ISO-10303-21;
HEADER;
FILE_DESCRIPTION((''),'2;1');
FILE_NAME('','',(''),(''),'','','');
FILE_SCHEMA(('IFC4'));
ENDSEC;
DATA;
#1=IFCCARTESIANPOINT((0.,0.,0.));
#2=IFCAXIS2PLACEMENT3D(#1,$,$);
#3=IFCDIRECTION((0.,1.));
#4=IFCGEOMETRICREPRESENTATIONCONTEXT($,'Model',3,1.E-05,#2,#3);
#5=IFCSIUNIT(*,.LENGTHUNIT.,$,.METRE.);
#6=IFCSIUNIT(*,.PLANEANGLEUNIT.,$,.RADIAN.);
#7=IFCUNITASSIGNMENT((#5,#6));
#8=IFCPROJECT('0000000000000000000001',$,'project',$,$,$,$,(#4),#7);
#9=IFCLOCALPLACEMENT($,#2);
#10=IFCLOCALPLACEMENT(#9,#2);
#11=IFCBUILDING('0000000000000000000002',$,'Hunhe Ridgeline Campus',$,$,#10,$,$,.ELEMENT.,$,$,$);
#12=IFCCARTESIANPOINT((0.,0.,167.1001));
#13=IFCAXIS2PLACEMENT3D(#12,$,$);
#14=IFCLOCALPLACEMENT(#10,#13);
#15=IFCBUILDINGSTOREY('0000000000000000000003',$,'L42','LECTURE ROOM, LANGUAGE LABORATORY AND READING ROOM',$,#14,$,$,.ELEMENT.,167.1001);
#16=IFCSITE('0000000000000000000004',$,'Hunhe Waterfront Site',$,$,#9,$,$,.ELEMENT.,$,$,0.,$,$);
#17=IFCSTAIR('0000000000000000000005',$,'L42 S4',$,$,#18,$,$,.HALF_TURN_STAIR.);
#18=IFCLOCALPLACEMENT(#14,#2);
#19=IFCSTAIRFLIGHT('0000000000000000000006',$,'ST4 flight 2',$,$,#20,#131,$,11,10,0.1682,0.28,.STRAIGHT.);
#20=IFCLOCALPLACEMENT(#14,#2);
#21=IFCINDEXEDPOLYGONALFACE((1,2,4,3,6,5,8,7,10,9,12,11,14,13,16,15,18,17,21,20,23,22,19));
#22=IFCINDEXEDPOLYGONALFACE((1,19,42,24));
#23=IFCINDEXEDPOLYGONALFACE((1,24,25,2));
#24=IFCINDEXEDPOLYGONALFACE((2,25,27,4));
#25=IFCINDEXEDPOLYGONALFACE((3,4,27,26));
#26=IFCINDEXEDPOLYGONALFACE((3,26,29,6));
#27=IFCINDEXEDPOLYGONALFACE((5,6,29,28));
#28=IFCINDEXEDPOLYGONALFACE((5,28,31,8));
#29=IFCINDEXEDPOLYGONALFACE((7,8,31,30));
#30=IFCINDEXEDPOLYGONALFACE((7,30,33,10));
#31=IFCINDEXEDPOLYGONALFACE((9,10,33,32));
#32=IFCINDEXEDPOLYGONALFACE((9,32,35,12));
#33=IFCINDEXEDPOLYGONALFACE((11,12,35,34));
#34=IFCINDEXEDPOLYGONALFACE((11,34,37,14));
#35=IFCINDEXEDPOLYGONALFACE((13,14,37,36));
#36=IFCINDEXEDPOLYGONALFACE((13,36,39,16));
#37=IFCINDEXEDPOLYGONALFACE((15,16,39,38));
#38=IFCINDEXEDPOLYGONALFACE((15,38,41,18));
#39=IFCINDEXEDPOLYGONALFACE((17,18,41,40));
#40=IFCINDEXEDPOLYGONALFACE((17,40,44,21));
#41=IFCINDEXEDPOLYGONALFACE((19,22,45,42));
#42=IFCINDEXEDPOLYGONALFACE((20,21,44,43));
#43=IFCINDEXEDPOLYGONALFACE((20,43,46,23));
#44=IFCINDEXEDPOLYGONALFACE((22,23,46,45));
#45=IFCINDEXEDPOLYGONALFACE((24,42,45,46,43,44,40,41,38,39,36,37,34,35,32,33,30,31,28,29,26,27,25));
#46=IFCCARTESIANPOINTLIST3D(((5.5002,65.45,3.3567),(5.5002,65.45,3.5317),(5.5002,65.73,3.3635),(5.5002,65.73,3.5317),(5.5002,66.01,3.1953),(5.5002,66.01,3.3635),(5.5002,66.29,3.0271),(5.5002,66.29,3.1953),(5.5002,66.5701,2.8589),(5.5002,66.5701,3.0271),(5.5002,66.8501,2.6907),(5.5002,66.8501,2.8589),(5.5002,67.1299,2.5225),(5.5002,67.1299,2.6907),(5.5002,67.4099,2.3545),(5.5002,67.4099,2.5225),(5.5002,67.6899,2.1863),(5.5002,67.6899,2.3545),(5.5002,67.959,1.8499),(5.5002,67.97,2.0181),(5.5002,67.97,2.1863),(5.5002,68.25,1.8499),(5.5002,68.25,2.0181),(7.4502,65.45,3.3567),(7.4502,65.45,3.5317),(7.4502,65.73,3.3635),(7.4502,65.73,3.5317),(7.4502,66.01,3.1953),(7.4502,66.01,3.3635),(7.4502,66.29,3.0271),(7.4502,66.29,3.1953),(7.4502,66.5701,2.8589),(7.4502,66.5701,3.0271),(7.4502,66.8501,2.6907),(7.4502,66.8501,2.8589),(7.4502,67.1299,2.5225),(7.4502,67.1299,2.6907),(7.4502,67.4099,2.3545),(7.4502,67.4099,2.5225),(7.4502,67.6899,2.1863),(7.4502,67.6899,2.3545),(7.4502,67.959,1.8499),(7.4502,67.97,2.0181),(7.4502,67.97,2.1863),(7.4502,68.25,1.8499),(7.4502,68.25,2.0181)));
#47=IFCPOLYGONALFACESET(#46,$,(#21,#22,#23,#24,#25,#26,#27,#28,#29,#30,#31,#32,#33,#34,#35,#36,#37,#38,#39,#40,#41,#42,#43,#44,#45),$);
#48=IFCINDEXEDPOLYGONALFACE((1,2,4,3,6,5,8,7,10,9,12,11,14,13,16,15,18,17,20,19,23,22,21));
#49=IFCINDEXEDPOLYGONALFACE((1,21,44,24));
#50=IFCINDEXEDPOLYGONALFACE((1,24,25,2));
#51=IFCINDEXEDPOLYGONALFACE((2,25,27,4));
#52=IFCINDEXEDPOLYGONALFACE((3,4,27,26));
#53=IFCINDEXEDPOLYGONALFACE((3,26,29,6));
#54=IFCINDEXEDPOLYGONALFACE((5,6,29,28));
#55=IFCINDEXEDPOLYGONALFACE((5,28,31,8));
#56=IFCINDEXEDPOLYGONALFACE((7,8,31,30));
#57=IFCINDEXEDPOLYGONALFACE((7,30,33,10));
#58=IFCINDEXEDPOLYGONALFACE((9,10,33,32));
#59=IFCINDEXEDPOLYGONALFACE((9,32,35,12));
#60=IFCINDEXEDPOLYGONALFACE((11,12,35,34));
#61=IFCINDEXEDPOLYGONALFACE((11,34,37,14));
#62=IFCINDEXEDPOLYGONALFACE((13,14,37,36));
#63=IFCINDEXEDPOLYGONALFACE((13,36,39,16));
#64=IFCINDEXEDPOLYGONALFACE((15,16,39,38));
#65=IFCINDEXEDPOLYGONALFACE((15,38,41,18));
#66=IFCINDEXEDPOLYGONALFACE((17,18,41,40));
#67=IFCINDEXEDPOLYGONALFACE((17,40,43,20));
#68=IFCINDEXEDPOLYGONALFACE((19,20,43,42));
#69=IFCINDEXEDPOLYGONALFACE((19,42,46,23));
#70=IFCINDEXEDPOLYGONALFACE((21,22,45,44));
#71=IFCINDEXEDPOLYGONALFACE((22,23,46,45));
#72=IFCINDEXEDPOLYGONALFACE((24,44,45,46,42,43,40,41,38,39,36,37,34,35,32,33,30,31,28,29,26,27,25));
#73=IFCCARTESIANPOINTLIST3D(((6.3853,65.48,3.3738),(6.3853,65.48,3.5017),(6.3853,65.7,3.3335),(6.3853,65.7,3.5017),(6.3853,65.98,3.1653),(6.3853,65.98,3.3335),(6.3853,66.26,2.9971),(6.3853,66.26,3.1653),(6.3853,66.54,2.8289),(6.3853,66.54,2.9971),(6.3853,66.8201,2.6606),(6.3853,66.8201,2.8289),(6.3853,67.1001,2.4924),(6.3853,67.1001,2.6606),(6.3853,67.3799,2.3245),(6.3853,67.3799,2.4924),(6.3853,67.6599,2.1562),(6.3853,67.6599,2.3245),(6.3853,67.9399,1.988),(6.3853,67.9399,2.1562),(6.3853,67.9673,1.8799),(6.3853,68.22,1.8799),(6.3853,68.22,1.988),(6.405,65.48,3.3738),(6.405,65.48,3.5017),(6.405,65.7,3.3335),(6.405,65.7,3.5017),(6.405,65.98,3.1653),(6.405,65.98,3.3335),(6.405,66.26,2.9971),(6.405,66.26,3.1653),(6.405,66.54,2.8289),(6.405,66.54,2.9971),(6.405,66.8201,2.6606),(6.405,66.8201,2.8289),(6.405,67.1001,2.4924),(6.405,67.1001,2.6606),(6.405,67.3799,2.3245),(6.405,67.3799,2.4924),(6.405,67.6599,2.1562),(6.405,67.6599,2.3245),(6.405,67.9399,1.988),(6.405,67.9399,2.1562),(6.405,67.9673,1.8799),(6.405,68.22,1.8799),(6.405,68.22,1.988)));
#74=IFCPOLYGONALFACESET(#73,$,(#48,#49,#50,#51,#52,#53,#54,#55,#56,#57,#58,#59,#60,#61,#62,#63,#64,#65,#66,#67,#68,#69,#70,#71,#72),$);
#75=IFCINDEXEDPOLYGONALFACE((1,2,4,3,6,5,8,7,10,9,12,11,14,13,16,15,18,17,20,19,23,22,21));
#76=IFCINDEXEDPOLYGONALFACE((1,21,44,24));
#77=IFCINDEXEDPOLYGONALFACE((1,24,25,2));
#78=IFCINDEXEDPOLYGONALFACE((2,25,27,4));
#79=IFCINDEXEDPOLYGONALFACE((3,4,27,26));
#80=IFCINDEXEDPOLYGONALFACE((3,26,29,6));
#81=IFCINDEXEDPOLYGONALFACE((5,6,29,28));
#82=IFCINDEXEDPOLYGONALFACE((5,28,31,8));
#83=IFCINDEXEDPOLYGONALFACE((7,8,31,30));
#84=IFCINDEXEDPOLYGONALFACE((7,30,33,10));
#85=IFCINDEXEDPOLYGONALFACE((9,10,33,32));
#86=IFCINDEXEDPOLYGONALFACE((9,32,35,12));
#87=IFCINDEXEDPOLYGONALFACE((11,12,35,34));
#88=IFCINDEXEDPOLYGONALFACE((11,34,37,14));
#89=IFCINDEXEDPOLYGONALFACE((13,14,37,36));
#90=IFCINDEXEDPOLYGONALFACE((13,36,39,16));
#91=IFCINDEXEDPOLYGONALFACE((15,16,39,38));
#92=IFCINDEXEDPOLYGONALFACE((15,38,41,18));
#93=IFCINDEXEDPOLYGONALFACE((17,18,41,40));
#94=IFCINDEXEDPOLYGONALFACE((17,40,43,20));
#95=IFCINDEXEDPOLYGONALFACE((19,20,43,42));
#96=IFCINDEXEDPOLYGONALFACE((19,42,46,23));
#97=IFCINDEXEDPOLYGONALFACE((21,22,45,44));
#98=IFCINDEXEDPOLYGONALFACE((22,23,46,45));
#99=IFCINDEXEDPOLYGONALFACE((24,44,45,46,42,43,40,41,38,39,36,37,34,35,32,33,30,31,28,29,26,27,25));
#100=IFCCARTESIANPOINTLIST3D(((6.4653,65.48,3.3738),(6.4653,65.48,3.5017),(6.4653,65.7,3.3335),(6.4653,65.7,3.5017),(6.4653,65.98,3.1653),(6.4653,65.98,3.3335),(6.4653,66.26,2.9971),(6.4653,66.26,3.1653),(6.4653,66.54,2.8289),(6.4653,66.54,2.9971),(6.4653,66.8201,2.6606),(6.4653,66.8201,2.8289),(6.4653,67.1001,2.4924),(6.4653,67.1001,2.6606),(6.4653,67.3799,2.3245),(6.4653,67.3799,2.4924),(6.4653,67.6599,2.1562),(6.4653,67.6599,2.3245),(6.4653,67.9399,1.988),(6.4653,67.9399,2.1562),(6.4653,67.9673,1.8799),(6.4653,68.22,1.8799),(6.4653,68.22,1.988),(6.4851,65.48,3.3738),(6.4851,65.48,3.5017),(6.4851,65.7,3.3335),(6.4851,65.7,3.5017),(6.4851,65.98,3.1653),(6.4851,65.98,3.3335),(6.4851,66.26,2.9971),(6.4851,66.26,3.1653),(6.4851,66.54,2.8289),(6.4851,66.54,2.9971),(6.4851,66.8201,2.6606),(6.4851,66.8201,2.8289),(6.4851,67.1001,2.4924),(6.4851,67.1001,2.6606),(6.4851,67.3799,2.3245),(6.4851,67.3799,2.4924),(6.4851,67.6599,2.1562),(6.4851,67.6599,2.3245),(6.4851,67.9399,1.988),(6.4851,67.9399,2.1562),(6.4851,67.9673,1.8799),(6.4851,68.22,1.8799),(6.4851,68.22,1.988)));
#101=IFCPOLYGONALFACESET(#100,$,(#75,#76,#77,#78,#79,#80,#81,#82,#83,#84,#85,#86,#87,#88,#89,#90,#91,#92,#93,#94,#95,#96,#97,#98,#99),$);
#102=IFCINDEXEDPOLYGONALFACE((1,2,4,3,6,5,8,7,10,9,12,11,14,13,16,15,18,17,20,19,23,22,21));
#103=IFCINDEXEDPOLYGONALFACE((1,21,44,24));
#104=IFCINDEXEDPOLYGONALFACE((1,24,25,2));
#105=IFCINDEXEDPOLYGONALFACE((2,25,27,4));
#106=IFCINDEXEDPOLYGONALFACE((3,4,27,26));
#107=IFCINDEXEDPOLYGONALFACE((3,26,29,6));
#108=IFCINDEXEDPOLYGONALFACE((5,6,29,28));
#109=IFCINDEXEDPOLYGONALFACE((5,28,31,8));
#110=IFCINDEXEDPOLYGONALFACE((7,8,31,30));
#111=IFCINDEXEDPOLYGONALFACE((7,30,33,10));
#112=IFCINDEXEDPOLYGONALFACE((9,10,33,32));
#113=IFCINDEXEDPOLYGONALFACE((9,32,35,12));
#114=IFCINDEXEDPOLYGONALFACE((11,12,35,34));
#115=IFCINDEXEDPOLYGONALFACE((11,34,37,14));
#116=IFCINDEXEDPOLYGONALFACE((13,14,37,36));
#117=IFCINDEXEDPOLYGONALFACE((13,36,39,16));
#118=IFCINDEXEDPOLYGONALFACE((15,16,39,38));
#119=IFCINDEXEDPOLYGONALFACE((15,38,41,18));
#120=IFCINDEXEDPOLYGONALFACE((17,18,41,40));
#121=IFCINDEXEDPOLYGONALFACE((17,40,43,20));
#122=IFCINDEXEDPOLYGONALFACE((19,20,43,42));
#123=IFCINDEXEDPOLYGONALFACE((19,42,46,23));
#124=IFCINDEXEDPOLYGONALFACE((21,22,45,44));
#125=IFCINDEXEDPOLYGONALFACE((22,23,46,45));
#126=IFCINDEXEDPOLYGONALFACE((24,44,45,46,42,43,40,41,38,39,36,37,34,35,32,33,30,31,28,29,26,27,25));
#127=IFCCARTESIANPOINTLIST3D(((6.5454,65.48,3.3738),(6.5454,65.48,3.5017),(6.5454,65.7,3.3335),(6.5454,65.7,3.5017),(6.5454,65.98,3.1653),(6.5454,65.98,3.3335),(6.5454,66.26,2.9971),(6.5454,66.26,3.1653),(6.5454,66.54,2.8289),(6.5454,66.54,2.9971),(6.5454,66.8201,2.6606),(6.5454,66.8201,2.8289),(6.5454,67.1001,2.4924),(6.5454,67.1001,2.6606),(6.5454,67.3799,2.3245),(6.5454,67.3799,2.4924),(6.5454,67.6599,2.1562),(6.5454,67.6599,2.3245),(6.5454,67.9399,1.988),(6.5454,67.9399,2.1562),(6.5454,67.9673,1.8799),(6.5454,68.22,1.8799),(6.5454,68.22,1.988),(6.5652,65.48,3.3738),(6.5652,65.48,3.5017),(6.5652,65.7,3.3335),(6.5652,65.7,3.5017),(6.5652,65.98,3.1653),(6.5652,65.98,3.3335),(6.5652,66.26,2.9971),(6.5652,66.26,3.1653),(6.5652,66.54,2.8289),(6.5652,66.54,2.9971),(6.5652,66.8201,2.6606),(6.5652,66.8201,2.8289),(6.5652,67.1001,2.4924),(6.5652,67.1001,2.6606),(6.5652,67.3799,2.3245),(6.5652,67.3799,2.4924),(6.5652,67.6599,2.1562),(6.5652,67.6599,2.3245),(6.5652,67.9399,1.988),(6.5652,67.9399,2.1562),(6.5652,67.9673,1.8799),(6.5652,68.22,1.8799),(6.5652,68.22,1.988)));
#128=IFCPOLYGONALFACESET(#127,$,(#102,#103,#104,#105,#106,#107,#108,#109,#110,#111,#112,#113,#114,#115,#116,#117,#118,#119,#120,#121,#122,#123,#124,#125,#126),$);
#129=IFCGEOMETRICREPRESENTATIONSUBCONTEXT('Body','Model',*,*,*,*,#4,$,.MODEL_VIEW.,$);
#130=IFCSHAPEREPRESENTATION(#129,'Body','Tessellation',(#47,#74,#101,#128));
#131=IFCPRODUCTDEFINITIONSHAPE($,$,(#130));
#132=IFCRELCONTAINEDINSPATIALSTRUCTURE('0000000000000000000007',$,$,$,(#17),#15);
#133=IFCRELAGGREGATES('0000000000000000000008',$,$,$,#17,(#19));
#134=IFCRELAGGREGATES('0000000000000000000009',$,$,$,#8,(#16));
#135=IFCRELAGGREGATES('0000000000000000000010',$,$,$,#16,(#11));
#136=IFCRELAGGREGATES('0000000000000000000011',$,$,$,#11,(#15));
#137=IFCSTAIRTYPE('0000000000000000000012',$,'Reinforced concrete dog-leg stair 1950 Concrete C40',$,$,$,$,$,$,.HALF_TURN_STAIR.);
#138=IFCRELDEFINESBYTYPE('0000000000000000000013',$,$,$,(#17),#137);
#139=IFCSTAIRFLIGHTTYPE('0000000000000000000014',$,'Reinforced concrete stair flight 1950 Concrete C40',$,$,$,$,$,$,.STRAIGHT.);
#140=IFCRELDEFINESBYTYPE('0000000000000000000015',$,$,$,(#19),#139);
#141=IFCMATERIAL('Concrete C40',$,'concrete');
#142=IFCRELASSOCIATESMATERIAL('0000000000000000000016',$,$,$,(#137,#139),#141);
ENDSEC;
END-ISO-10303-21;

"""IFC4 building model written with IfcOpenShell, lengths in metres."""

from ifc_helpers import new_model, si_unit, direction, frame, origin, place, context, subcontext, project, spatial, polyline, outline, extrude, material, type_object, element, aggregate, save


model = new_model("IFC4")

# Units and contexts
model_context = context("Model", 3, precision=1e-05, world=origin(), true_north=direction((0.0, 1.0)))
body_context = subcontext(model_context, "Body", "Model", "MODEL_VIEW")
ifc_project = project(units=[si_unit("LENGTHUNIT", "METRE"), si_unit("PLANEANGLEUNIT", "RADIAN")], contexts=[model_context])

# Site, building, storey
site_placement = place(None, origin())
site = spatial("IfcSite", under=ifc_project, at=site_placement, Name="Hunhe Waterfront Site", CompositionType="ELEMENT", RefElevation=0.0)
building_placement = place(site_placement, origin())
building = spatial("IfcBuilding", under=site, at=building_placement, Name="Hunhe Ridgeline Campus", CompositionType="ELEMENT")
storey_placement = place(building_placement, frame((0.0, 0.0, 167.1001)))
storey = spatial("IfcBuildingStorey", under=building, at=storey_placement, Name="L42", Description="LECTURE ROOM, LANGUAGE LABORATORY AND READING ROOM", CompositionType="ELEMENT", Elevation=167.1001)

# Stair, stair flight
ifc_material_1 = material(Name="Concrete C40", Category="concrete")
stair_type = type_object("IfcStairType", Name="Reinforced concrete dog-leg stair 1950 Concrete C40", PredefinedType="HALF_TURN_STAIR", material=ifc_material_1)
stair_flight_type = type_object("IfcStairFlightType", Name="Reinforced concrete stair flight 1950 Concrete C40", PredefinedType="STRAIGHT", material=ifc_material_1)
stair_1_placement = place(storey_placement, origin())
stair_1 = element("IfcStair", 1, at=stair_1_placement, inside=storey, type_object=stair_type, Name="L42 S4", PredefinedType="HALF_TURN_STAIR")
stair_flight_1_placement = place(storey_placement, frame((6.4751, 68.25, 1.8499), z_axis=(0.0, 0.0, 1.0), x_axis=(0.0, -1.0, 0.0)))
stair_flight_1 = element("IfcStairFlight", 2, at=stair_flight_1_placement, type_object=stair_flight_type, Name="ST4 flight 2", NumberOfRisers=11, NumberOfTreads=10, PredefinedType="STRAIGHT", RiserHeight=0.1682, TreadLength=0.28, context=body_context, shape_type="SweptSolid", body=[
    extrude(outline(polyline([(0.0, 0.0), (0.0, 0.1682), (0.28, 0.1682), (0.28, 0.3364), (0.5601, 0.3364), (0.5601, 0.5046), (0.8401, 0.5046), (0.8401, 0.6726), (1.1201, 0.6726), (1.1201, 0.8408), (1.3999, 0.8408), (1.3999, 1.009), (1.6799, 1.009), (1.6799, 1.1772), (1.96, 1.1772), (1.96, 1.3455), (2.24, 1.3455), (2.24, 1.5137), (2.52, 1.5137), (2.52, 1.6819), (2.8, 1.6819), (2.8, 1.8501), (2.8, 1.5068), (0.291, 0.0), (0.0, 0.0)])), frame((0.0, 0.9751, 0.0), z_axis=(0.0, -1.0, 0.0), x_axis=(1.0, 0.0, 0.0)), (0.0, 0.0, 1.0), 1.95),
    extrude(outline(polyline([(0.03, 0.03), (0.03, 0.1382), (0.3101, 0.1382), (0.3101, 0.3064), (0.5901, 0.3064), (0.5901, 0.4746), (0.8701, 0.4746), (0.8701, 0.6426), (1.1499, 0.6426), (1.1499, 0.8108), (1.4299, 0.8108), (1.4299, 0.979), (1.71, 0.979), (1.71, 1.1472), (1.99, 1.1472), (1.99, 1.3154), (2.27, 1.3154), (2.27, 1.4836), (2.55, 1.4836), (2.55, 1.6519), (2.77, 1.6519), (2.77, 1.5239), (0.2827, 0.03), (0.03, 0.03)])), frame((0.0, -0.0701, 0.0), z_axis=(0.0, -1.0, 0.0), x_axis=(1.0, 0.0, 0.0)), (0.0, 0.0, 1.0), 0.0198),
    extrude(outline(polyline([(0.03, 0.03), (0.03, 0.1382), (0.3101, 0.1382), (0.3101, 0.3064), (0.5901, 0.3064), (0.5901, 0.4746), (0.8701, 0.4746), (0.8701, 0.6426), (1.1499, 0.6426), (1.1499, 0.8108), (1.4299, 0.8108), (1.4299, 0.979), (1.71, 0.979), (1.71, 1.1472), (1.99, 1.1472), (1.99, 1.3154), (2.27, 1.3154), (2.27, 1.4836), (2.55, 1.4836), (2.55, 1.6519), (2.77, 1.6519), (2.77, 1.5239), (0.2827, 0.03), (0.03, 0.03)])), frame((0.0, 0.01, 0.0), z_axis=(0.0, -1.0, 0.0), x_axis=(1.0, 0.0, 0.0)), (0.0, 0.0, 1.0), 0.0198),
    extrude(outline(polyline([(0.03, 0.03), (0.03, 0.1382), (0.3101, 0.1382), (0.3101, 0.3064), (0.5901, 0.3064), (0.5901, 0.4746), (0.8701, 0.4746), (0.8701, 0.6426), (1.1499, 0.6426), (1.1499, 0.8108), (1.4299, 0.8108), (1.4299, 0.979), (1.71, 0.979), (1.71, 1.1472), (1.99, 1.1472), (1.99, 1.3154), (2.27, 1.3154), (2.27, 1.4836), (2.55, 1.4836), (2.55, 1.6519), (2.77, 1.6519), (2.77, 1.5239), (0.2827, 0.03), (0.03, 0.03)])), frame((0.0, 0.0901, 0.0), z_axis=(0.0, -1.0, 0.0), x_axis=(1.0, 0.0, 0.0)), (0.0, 0.0, 1.0), 0.0198),
])
aggregate(stair_1, [stair_flight_1])

save(model, "model.ifc")
